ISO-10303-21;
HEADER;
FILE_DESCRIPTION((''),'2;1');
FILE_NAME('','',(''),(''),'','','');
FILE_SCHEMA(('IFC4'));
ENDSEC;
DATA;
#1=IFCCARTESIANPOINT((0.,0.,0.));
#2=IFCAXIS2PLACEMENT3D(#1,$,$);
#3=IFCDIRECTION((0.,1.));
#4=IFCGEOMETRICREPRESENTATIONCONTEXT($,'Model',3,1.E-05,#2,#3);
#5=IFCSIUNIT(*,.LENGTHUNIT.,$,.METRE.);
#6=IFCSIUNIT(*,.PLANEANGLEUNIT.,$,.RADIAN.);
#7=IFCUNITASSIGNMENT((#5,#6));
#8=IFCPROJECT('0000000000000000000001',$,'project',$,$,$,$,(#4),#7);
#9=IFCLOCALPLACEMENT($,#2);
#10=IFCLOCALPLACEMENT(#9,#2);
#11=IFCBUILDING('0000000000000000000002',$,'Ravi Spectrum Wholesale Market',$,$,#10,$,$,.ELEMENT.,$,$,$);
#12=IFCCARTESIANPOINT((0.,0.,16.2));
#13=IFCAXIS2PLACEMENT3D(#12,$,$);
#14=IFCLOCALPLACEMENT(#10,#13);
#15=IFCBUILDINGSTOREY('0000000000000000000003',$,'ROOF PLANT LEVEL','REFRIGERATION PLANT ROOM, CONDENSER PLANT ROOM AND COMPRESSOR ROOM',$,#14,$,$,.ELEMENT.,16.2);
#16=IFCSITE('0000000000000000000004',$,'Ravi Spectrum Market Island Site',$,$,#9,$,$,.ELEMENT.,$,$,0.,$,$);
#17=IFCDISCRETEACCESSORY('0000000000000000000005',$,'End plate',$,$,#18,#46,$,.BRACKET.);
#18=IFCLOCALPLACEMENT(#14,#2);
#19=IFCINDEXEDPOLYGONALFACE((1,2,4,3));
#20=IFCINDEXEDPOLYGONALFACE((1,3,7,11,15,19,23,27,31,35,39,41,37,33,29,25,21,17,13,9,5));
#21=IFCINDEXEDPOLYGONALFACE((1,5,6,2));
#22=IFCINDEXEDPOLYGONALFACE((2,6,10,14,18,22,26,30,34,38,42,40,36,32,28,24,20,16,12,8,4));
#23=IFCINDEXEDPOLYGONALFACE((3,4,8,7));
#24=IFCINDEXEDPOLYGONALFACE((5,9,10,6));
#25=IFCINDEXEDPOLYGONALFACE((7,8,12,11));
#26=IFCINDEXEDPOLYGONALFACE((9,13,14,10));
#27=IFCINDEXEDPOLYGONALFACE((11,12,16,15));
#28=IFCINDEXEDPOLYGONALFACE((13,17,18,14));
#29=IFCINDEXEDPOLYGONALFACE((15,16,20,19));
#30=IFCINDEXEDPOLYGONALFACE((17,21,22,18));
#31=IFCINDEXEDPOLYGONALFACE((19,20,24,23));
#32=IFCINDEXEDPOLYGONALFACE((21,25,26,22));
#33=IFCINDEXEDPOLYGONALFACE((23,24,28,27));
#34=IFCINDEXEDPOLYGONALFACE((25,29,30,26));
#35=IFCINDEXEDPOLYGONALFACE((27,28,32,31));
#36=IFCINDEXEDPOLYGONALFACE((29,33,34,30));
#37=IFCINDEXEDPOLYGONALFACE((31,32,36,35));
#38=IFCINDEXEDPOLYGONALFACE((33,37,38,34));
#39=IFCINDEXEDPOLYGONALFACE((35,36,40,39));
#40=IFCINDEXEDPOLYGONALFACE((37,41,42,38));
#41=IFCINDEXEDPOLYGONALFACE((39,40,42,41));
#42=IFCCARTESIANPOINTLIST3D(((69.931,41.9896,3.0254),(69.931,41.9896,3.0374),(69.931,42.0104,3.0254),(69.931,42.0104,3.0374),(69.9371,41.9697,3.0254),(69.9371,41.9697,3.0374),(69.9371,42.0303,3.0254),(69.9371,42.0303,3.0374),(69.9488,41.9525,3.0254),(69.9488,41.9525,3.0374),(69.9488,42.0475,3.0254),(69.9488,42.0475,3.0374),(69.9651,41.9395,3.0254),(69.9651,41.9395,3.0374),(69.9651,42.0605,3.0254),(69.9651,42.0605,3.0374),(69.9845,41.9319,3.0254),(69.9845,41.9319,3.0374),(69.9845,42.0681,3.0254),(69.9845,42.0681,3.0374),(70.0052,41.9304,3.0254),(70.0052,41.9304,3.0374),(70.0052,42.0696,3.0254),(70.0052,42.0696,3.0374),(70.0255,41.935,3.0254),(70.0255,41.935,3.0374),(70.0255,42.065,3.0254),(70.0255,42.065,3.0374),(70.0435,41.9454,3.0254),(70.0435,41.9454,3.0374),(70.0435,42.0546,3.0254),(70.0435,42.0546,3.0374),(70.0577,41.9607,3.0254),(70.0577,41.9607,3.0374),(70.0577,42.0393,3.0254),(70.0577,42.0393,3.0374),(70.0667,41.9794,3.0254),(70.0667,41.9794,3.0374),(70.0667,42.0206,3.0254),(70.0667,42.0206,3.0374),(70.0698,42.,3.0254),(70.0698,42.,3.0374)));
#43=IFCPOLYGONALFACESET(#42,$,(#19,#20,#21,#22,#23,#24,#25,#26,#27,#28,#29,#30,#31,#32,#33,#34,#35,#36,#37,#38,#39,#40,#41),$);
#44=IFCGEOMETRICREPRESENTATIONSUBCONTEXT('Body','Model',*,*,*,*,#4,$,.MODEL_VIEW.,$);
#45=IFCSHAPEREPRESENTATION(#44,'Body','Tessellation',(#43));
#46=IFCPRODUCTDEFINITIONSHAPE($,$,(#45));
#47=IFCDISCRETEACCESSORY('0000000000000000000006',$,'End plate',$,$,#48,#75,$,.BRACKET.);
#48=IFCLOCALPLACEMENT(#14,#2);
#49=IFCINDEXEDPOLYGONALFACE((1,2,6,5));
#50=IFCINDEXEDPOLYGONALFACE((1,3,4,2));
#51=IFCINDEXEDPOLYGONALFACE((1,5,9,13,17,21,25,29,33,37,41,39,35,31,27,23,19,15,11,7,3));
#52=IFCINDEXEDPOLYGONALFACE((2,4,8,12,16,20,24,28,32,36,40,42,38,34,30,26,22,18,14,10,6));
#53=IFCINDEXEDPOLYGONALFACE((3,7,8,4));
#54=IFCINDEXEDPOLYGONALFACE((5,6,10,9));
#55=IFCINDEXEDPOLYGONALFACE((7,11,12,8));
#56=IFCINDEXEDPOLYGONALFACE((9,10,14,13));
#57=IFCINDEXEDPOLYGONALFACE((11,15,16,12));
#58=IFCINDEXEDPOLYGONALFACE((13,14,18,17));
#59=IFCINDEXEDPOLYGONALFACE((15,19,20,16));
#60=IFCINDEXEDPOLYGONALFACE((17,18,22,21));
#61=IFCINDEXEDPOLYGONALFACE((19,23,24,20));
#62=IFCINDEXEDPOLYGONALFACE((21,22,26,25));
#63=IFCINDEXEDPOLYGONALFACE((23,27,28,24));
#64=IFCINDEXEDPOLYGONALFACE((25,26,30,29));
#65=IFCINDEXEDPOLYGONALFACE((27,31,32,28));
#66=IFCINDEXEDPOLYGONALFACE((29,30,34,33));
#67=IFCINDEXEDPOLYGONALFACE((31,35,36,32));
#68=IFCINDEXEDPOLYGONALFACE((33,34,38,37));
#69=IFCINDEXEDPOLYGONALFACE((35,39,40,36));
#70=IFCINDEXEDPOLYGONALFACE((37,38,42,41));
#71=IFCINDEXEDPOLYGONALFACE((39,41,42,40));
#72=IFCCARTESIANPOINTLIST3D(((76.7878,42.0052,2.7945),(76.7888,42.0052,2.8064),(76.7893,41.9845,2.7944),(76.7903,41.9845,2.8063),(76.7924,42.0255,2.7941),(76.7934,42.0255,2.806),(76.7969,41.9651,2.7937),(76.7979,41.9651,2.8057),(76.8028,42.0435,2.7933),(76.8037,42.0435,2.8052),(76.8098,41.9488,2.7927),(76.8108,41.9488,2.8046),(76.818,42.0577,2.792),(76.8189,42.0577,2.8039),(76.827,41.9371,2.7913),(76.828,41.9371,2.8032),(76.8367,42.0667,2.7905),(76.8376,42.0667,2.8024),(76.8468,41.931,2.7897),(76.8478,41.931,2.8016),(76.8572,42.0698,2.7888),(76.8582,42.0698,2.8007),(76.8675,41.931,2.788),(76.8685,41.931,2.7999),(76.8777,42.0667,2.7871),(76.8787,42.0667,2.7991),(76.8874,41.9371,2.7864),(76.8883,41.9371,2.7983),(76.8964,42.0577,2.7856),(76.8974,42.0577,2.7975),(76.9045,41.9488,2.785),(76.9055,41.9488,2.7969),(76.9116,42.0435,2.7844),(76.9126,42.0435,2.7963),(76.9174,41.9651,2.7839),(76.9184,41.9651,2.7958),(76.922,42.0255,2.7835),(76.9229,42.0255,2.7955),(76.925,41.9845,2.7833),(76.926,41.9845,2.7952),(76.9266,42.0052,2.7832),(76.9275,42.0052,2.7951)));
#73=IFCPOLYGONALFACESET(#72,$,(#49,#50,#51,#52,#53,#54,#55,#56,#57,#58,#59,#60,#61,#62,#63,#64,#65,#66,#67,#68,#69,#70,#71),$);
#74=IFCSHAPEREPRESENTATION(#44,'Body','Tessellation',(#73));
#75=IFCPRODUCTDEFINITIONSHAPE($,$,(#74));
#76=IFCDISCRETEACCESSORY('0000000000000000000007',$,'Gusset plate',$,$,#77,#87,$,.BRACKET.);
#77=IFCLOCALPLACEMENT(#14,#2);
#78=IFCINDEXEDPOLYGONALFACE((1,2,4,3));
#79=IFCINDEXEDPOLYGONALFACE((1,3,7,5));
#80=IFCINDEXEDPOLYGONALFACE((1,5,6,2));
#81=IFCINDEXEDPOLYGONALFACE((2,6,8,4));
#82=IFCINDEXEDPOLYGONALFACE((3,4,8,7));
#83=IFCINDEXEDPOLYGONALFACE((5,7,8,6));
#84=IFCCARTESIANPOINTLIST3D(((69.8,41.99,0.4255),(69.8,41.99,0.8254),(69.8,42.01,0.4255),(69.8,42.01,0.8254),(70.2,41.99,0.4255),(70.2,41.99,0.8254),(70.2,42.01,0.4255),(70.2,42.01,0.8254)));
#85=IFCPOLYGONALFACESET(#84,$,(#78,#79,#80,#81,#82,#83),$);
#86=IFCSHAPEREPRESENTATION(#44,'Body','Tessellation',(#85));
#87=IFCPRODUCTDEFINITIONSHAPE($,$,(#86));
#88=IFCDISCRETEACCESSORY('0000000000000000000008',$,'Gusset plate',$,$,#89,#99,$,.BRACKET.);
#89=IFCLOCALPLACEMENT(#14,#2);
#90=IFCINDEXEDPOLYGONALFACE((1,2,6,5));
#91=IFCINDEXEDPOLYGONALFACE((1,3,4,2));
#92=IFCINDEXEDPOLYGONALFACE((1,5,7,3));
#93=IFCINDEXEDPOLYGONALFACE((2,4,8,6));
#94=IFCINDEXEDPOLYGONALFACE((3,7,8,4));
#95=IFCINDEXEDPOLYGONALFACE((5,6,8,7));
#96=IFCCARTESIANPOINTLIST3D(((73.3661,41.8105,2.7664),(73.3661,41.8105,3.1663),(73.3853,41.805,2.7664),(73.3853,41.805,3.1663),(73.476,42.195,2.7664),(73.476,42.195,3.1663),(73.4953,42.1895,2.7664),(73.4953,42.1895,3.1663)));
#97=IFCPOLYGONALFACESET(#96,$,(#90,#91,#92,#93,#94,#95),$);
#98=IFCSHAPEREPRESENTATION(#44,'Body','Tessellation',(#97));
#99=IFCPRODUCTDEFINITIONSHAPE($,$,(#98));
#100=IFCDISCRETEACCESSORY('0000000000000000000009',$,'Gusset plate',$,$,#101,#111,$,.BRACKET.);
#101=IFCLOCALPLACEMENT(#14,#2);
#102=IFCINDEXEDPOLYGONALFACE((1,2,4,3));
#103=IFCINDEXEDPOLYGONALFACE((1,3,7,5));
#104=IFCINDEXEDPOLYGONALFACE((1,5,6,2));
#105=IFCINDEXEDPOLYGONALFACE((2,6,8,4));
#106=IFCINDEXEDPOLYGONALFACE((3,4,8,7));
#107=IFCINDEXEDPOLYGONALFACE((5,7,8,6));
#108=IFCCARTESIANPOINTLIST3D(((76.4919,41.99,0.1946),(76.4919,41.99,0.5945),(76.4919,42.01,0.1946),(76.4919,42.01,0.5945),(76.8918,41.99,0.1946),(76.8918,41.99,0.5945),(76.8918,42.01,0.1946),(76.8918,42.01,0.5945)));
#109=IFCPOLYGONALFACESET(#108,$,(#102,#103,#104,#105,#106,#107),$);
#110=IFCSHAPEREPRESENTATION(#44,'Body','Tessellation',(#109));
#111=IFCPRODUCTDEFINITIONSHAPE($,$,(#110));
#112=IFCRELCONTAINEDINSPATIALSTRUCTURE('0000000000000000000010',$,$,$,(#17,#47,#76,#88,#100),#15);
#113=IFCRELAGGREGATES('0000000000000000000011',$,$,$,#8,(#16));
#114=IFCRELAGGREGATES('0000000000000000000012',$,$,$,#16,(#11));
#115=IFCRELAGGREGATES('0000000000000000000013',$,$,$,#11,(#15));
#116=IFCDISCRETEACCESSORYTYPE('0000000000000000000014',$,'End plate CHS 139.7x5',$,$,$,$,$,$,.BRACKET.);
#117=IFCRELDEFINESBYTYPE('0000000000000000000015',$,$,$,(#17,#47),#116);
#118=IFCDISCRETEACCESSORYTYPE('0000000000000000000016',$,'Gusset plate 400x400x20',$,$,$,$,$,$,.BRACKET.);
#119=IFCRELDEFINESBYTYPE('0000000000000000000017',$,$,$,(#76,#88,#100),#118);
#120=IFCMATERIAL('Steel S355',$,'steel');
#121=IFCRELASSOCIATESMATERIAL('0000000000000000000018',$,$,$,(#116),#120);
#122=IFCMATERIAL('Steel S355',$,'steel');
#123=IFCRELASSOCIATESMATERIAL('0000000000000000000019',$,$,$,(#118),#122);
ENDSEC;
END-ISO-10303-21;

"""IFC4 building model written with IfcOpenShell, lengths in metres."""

from ifc_helpers import new_model, si_unit, direction, frame, origin, origin_2d, place, context, subcontext, project, spatial, rectangle, circle, extrude, material, material_profile, profile_set, type_object, element, save


model = new_model("IFC4")

# Units and contexts
model_context = context("Model", 3, precision=1e-05, world=origin(), true_north=direction((0.0, 1.0)))
body_context = subcontext(model_context, "Body", "Model", "MODEL_VIEW")
ifc_project = project(units=[si_unit("LENGTHUNIT", "METRE"), si_unit("PLANEANGLEUNIT", "RADIAN")], contexts=[model_context])

# Site, building, storey
site_placement = place(None, origin())
site = spatial("IfcSite", under=ifc_project, at=site_placement, Name="Ravi Spectrum Market Island Site", CompositionType="ELEMENT", RefElevation=0.0)
building_placement = place(site_placement, origin())
building = spatial("IfcBuilding", under=site, at=building_placement, Name="Ravi Spectrum Wholesale Market", CompositionType="ELEMENT")
storey_placement = place(building_placement, frame((0.0, 0.0, 16.2)))
storey = spatial("IfcBuildingStorey", under=building, at=storey_placement, Name="ROOF PLANT LEVEL", Description="REFRIGERATION PLANT ROOM, CONDENSER PLANT ROOM AND COMPRESSOR ROOM", CompositionType="ELEMENT", Elevation=16.2)

# Discrete accessories
ifc_material_1 = material(Name="Steel S355", Category="steel")
ifc_material_profile_1 = material_profile(ifc_material_1, circle(Radius=0.0698, at=origin_2d()))
ifc_profile_set_1 = profile_set([ifc_material_profile_1], Name="Steel S355")
discrete_accessory_type_1 = type_object("IfcDiscreteAccessoryType", Name="End plate CHS 139.7x5", PredefinedType="BRACKET", material=ifc_profile_set_1)
for number, where, z_axis, x_axis, name in (
    (1, (70.0, 42.0, 3.0254), (0.0, 0.0, 1.0), (1.0, 0.0, 0.0), "End plate"),
    (2, (76.8572, 42.0, 2.7888), (0.081362, 0.0, 0.996685), (0.0, 1.0, 0.0), "End plate"),
):
    element("IfcDiscreteAccessory", number, at=place(storey_placement, frame(where, z_axis=z_axis, x_axis=x_axis)), inside=storey, type_object=discrete_accessory_type_1, Name=name, PredefinedType="BRACKET", context=body_context, shape_type="SweptSolid", body=[
        extrude(circle(Radius=0.0698, at=origin_2d()), origin(), (0.0, 0.0, 1.0), 0.012),
    ])
ifc_material_2 = material(Name="Steel S355", Category="steel")
ifc_material_profile_2 = material_profile(ifc_material_2, rectangle(XDim=0.3999, YDim=0.02, at=origin_2d()))
ifc_profile_set_2 = profile_set([ifc_material_profile_2], Name="Steel S355")
discrete_accessory_type_2 = type_object("IfcDiscreteAccessoryType", Name="Gusset plate 400x400x20", PredefinedType="BRACKET", material=ifc_profile_set_2)
for number, where, z_axis, x_axis, name in (
    (3, (70.0, 42.0, 0.4255), (0.0, 0.0, 1.0), (1.0, 0.0, 0.0), "Gusset plate"),
    (4, (73.4307, 42.0, 2.7664), (0.0, 0.0, 1.0), (0.274877, 0.961479, 0.0), "Gusset plate"),
    (5, (76.6919, 42.0, 0.1946), (0.0, 0.0, 1.0), (-1.0, 0.0, 0.0), "Gusset plate"),
):
    element("IfcDiscreteAccessory", number, at=place(storey_placement, frame(where, z_axis=z_axis, x_axis=x_axis)), inside=storey, type_object=discrete_accessory_type_2, Name=name, PredefinedType="BRACKET", context=body_context, shape_type="SweptSolid", body=[
        extrude(rectangle(XDim=0.3999, YDim=0.02, at=origin_2d()), origin(), (0.0, 0.0, 1.0), 0.3999),
    ])

save(model, "model.ifc")
